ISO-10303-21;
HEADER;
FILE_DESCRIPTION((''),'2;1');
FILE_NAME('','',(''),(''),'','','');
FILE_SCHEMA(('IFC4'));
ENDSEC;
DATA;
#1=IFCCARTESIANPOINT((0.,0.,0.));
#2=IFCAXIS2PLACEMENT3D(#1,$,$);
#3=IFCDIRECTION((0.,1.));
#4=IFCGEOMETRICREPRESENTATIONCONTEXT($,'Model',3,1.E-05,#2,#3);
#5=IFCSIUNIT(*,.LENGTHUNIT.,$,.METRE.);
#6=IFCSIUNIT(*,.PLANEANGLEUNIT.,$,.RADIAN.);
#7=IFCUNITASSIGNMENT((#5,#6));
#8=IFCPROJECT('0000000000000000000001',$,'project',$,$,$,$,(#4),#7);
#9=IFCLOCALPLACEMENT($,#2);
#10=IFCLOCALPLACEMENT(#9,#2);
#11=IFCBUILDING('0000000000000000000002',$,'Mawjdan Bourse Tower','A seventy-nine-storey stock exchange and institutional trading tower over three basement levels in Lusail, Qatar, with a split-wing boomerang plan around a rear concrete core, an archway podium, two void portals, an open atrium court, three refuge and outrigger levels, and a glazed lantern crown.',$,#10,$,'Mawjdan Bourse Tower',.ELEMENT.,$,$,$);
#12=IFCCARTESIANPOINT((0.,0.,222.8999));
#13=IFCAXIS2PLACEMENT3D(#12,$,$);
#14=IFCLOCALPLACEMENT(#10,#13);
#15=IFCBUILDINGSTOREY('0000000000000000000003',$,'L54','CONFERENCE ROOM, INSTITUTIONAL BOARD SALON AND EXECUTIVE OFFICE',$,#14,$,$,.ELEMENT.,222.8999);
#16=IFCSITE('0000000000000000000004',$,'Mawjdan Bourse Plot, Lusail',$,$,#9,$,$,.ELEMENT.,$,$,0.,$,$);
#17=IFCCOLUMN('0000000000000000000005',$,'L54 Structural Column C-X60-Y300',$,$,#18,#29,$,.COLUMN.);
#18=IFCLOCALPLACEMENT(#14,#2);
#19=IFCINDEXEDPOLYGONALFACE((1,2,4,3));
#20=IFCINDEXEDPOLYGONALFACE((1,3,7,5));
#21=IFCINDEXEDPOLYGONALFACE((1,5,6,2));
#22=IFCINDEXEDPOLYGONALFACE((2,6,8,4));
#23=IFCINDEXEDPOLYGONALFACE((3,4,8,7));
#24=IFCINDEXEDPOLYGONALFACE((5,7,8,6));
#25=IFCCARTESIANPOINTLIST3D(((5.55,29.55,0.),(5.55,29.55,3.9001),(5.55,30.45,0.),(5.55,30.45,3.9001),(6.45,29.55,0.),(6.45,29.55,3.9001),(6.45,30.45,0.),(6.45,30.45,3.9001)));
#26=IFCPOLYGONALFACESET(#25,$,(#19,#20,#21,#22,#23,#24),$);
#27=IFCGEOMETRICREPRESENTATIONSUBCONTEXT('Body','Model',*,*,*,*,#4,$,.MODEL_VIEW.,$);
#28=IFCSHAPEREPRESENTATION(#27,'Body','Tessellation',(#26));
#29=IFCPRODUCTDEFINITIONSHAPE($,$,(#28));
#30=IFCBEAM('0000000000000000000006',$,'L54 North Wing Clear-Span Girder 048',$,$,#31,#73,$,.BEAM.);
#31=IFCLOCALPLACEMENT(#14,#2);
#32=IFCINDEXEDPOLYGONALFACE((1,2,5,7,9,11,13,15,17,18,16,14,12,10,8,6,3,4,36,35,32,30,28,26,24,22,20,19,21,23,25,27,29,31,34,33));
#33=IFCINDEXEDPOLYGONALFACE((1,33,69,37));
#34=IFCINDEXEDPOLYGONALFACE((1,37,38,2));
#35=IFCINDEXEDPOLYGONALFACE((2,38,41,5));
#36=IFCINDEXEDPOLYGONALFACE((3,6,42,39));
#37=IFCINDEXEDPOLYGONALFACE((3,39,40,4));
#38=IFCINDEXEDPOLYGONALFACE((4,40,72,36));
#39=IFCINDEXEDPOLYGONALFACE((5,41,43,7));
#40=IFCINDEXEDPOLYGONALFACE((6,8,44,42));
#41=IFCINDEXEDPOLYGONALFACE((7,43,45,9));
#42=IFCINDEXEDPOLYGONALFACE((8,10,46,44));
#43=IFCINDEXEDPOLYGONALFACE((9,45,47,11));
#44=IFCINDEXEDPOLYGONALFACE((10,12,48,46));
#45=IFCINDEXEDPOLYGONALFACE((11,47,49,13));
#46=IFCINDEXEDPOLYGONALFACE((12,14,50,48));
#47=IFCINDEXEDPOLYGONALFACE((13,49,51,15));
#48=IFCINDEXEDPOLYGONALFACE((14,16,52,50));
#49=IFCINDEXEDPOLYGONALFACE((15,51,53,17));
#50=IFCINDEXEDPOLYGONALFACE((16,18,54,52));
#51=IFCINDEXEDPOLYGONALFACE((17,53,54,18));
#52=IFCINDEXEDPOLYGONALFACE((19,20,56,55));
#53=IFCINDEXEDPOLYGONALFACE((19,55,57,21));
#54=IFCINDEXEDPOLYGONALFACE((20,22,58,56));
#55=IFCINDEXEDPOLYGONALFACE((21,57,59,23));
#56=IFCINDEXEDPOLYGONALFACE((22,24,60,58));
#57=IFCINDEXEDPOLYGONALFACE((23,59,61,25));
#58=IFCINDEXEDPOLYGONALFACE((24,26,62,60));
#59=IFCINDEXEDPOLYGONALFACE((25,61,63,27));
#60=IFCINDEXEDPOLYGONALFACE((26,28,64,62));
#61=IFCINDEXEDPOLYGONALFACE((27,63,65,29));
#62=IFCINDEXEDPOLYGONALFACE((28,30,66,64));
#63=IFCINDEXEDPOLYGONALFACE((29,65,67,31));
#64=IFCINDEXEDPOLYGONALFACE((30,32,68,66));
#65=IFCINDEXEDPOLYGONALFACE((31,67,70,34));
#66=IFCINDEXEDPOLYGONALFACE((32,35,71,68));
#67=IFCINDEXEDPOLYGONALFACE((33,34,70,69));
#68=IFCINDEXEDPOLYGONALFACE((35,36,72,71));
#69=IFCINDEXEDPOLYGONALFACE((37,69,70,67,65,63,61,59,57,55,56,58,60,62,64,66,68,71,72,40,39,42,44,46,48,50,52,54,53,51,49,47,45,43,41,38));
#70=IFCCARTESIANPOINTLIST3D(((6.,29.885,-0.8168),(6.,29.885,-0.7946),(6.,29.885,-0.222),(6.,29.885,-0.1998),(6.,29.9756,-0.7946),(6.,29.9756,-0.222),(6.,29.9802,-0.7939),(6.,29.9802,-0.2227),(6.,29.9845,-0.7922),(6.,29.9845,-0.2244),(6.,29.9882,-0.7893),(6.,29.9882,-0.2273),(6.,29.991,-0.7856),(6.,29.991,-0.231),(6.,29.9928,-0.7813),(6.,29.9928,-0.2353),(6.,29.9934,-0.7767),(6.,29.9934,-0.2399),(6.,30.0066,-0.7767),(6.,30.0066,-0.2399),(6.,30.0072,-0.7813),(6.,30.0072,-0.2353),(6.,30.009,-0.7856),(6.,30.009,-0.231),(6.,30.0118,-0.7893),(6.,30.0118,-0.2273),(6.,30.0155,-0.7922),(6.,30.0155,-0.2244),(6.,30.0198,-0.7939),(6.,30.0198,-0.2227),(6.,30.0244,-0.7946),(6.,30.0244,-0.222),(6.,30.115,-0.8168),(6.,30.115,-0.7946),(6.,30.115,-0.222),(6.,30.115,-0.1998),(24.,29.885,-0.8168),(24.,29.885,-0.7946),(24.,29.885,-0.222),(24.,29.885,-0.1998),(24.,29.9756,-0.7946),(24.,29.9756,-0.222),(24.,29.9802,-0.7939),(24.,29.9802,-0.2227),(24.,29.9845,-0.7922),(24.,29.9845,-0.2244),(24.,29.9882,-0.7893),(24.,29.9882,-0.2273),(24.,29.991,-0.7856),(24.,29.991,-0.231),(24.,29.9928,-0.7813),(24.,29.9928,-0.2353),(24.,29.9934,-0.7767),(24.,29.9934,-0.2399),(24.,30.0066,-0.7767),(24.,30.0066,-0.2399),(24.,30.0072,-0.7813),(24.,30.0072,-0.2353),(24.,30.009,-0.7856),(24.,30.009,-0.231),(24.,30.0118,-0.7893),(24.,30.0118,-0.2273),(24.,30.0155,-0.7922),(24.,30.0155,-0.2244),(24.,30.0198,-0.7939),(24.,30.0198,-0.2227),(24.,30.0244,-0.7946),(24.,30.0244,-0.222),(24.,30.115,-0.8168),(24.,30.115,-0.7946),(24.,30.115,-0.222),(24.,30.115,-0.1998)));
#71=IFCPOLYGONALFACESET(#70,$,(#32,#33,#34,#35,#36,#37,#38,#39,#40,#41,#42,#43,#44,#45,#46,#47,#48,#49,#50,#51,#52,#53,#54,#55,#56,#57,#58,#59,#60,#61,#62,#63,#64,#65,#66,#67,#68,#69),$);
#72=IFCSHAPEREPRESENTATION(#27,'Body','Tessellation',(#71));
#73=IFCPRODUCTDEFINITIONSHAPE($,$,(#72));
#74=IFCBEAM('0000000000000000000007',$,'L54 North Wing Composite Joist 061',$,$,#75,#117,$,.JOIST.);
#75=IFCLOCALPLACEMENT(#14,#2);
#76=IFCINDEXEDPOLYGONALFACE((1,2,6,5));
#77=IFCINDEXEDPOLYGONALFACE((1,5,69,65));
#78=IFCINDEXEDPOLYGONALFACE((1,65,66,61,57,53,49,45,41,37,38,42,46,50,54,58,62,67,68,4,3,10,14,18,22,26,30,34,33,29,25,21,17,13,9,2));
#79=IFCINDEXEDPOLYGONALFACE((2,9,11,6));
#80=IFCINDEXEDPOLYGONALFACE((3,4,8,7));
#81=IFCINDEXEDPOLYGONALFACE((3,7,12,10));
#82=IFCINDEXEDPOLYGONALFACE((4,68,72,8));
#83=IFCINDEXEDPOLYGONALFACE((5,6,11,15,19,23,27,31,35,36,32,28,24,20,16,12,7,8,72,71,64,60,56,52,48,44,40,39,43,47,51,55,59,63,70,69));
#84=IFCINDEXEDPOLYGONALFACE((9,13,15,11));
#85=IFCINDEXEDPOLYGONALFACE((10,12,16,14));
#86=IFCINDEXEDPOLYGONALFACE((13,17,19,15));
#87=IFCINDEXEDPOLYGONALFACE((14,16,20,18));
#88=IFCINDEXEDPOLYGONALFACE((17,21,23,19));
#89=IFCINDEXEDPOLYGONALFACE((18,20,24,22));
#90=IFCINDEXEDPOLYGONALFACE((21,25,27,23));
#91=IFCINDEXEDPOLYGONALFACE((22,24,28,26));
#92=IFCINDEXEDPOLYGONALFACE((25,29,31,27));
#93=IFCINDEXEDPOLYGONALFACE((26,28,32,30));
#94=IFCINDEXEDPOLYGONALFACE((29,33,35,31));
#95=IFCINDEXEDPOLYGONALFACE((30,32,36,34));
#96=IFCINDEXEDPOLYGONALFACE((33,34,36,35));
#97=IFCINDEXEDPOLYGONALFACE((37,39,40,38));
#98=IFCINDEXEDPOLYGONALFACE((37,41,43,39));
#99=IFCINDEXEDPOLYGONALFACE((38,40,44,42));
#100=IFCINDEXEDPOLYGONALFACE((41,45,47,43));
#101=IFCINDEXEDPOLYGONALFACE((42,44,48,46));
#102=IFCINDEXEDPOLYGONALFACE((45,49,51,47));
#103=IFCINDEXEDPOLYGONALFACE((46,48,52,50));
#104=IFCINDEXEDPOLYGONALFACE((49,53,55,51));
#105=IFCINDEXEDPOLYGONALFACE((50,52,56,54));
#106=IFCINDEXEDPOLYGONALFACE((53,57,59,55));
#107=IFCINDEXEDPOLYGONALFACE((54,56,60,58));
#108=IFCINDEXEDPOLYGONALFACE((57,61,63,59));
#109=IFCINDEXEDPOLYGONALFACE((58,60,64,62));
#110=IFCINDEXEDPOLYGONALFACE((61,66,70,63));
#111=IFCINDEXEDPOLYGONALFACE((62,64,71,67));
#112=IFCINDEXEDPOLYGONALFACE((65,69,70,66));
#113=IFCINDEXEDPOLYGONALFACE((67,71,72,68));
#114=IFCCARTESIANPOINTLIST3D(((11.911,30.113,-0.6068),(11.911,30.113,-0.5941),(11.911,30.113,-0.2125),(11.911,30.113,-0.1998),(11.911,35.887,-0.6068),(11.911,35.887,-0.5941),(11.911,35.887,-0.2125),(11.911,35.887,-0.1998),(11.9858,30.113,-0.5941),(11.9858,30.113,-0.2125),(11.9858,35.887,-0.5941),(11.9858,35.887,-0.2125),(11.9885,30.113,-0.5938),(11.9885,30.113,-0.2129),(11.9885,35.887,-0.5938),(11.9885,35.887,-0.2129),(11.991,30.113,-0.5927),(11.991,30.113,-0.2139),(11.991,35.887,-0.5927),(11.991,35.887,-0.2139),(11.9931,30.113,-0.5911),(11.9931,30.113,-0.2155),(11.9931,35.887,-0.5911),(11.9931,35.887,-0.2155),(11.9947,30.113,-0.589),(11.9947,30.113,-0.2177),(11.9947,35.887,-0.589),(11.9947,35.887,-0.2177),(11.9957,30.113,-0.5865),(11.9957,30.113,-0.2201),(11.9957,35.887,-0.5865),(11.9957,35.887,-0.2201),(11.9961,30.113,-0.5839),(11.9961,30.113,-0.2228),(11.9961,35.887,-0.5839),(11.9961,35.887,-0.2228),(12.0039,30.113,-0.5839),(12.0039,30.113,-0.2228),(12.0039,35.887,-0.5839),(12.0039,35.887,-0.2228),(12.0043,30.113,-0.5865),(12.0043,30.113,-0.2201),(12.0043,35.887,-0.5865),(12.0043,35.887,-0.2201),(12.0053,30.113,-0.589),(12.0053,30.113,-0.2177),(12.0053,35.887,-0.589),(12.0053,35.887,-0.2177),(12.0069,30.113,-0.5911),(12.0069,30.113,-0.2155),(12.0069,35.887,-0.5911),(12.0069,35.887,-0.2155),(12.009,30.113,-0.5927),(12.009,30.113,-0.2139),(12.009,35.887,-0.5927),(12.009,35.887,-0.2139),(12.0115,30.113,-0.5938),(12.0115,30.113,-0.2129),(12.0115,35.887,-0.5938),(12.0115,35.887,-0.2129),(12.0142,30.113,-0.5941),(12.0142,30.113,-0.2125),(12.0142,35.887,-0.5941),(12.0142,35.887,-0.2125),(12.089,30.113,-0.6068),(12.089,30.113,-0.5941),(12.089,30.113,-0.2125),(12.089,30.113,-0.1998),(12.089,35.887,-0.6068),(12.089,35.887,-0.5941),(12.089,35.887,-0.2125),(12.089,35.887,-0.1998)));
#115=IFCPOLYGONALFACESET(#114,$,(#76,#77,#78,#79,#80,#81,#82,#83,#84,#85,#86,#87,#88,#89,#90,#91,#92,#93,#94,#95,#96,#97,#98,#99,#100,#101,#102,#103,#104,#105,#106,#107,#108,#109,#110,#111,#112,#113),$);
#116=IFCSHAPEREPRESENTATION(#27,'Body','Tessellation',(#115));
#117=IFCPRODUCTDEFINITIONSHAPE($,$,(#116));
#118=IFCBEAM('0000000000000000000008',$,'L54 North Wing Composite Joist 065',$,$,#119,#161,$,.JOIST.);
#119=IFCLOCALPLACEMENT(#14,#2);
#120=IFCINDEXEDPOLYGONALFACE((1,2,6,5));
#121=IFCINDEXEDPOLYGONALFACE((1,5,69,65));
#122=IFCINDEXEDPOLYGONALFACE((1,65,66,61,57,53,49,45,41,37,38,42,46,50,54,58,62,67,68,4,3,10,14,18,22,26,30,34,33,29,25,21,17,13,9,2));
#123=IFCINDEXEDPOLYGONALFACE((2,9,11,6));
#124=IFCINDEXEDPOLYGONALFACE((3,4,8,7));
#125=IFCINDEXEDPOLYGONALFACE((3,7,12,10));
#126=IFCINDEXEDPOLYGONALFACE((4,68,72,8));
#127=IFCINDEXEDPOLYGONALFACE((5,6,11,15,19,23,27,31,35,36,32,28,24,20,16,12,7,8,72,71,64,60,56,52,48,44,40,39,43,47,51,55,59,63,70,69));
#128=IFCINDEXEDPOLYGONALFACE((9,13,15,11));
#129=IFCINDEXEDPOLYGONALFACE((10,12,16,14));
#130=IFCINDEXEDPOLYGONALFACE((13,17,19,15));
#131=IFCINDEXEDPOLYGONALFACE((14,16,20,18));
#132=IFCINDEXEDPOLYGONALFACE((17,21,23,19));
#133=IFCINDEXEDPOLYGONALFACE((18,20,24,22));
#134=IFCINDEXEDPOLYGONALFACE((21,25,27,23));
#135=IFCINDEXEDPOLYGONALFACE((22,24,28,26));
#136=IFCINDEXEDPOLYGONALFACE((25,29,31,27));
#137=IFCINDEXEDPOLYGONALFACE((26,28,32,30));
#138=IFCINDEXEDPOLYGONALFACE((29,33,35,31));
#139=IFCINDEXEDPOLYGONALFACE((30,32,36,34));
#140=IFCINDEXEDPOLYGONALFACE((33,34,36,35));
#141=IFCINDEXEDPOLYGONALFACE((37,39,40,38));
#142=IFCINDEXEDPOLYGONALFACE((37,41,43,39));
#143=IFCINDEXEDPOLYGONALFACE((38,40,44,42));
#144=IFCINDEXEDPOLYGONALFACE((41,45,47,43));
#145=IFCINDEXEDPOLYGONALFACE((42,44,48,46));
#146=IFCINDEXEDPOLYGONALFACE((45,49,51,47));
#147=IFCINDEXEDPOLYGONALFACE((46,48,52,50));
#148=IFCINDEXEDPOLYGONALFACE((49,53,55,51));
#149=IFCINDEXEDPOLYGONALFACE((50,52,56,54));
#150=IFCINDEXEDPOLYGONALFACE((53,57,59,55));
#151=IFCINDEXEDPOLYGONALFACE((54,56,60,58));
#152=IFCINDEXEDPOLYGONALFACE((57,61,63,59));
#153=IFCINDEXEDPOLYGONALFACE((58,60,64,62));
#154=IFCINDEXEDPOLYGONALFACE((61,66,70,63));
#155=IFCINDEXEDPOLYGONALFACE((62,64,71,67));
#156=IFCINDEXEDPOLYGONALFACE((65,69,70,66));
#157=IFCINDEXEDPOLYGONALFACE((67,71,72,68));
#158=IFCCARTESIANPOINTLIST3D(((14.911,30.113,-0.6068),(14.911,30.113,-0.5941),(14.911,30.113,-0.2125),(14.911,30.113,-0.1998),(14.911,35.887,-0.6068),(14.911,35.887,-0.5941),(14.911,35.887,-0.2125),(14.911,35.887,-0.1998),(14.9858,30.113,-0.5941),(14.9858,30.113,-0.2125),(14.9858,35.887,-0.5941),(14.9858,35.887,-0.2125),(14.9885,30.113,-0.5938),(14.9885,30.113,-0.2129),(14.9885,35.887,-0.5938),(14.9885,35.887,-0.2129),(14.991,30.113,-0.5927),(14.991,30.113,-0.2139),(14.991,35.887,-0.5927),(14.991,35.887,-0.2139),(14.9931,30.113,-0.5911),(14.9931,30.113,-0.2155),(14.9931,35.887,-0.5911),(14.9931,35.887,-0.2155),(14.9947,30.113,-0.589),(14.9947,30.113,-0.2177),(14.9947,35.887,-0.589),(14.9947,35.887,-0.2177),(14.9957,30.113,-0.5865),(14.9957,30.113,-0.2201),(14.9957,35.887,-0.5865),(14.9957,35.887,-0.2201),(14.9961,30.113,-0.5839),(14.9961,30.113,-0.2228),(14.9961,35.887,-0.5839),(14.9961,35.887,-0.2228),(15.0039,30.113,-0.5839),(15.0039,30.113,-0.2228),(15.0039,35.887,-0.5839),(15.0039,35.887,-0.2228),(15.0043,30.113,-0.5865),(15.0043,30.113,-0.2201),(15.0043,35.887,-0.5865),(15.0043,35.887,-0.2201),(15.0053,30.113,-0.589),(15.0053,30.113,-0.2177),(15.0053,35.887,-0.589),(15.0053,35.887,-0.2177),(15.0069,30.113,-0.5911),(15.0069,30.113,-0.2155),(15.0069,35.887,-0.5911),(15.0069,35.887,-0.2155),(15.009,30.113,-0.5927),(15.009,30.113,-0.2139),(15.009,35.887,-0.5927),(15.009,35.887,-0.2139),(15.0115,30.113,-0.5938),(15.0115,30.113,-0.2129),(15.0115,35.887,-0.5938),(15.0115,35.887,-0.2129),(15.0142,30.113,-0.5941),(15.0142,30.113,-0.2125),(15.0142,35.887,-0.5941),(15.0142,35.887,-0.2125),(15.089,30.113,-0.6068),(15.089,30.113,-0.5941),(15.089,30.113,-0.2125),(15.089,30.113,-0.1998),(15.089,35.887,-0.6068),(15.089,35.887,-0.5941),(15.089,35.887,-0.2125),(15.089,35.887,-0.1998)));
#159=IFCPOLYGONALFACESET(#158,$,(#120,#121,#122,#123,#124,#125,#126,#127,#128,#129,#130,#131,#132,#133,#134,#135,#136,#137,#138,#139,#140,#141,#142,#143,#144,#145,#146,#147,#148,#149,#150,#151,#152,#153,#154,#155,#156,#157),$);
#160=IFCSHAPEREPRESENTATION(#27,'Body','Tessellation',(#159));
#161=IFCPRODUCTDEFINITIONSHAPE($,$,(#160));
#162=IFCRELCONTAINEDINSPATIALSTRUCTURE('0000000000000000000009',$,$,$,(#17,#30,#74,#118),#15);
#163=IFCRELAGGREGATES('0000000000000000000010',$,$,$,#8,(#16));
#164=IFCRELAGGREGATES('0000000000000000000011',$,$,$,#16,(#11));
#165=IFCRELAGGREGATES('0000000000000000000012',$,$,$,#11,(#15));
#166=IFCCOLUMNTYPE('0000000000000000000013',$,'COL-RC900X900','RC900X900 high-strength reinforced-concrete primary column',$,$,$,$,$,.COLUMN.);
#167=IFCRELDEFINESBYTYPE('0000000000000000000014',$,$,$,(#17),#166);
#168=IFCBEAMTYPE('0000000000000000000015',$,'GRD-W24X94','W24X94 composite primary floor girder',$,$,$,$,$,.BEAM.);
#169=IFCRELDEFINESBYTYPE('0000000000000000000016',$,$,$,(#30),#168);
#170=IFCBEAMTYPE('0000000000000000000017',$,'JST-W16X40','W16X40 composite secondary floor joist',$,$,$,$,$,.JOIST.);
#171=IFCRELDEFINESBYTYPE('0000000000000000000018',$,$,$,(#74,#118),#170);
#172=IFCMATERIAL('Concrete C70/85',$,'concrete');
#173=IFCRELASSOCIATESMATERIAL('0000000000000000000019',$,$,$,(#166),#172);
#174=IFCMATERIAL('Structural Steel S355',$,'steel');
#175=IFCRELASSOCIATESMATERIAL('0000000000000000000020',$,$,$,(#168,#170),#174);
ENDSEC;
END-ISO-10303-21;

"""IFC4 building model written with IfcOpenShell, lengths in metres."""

from ifc_helpers import new_model, si_unit, direction, frame, origin, origin_2d, place, context, subcontext, project, spatial, rectangle, i_section, extrude, material, material_profile, profile_set, type_object, element, save


model = new_model("IFC4")

# Units and contexts
model_context = context("Model", 3, precision=1e-05, world=origin(), true_north=direction((0.0, 1.0)))
body_context = subcontext(model_context, "Body", "Model", "MODEL_VIEW")
ifc_project = project(units=[si_unit("LENGTHUNIT", "METRE"), si_unit("PLANEANGLEUNIT", "RADIAN")], contexts=[model_context])

# Site, building, storey
site_placement = place(None, origin())
site = spatial("IfcSite", under=ifc_project, at=site_placement, Name="Mawjdan Bourse Plot, Lusail", CompositionType="ELEMENT", RefElevation=0.0)
building_placement = place(site_placement, origin())
building = spatial("IfcBuilding", under=site, at=building_placement, Name="Mawjdan Bourse Tower", Description="A seventy-nine-storey stock exchange and institutional trading tower over three basement levels in Lusail, Qatar, with a split-wing boomerang plan around a rear concrete core, an archway podium, two void portals, an open atrium court, three refuge and outrigger levels, and a glazed lantern crown.", LongName="Mawjdan Bourse Tower", CompositionType="ELEMENT")
storey_placement = place(building_placement, frame((0.0, 0.0, 222.8999)))
storey = spatial("IfcBuildingStorey", under=building, at=storey_placement, Name="L54", Description="CONFERENCE ROOM, INSTITUTIONAL BOARD SALON AND EXECUTIVE OFFICE", CompositionType="ELEMENT", Elevation=222.8999)

# Column
ifc_material_1 = material(Name="Concrete C70/85", Category="concrete")
ifc_material_profile_1 = material_profile(ifc_material_1, rectangle(XDim=0.8999, YDim=0.8999, at=origin_2d()), Name="RC900X900")
ifc_profile_set_1 = profile_set([ifc_material_profile_1], Name="Concrete C70/85")
column_type = type_object("IfcColumnType", Name="COL-RC900X900", Description="RC900X900 high-strength reinforced-concrete primary column", PredefinedType="COLUMN", material=ifc_profile_set_1)
column_placement = place(storey_placement, frame((6.0, 30.0, 0.0), z_axis=(0.0, 0.0, 1.0), x_axis=(1.0, 0.0, 0.0)))
element("IfcColumn", 1, at=column_placement, inside=storey, type_object=column_type, Name="L54 Structural Column C-X60-Y300", PredefinedType="COLUMN", context=body_context, shape_type="SweptSolid", body=[
    extrude(rectangle(XDim=0.8999, YDim=0.8999, at=origin_2d()), origin(), (0.0, 0.0, 1.0), 3.9001),
])

# Beams
ifc_material_2 = material(Name="Structural Steel S355", Category="steel")
ifc_material_profile_2 = material_profile(ifc_material_2, i_section(OverallWidth=0.23, OverallDepth=0.6169, WebThickness=0.0132, FlangeThickness=0.0222, FilletRadius=0.0178, at=origin_2d()), Name="W24X94")
ifc_profile_set_2 = profile_set([ifc_material_profile_2], Name="Structural Steel S355")
beam_type_1 = type_object("IfcBeamType", Name="GRD-W24X94", Description="W24X94 composite primary floor girder", PredefinedType="BEAM", material=ifc_profile_set_2)
beam_1_placement = place(storey_placement, frame((6.0, 30.0, -0.5083), z_axis=(1.0, 0.0, 0.0), x_axis=(0.0, 1.0, 0.0)))
element("IfcBeam", 2, at=beam_1_placement, inside=storey, type_object=beam_type_1, Name="L54 North Wing Clear-Span Girder 048", PredefinedType="BEAM", context=body_context, shape_type="SweptSolid", body=[
    extrude(i_section(OverallWidth=0.23, OverallDepth=0.6169, WebThickness=0.0132, FlangeThickness=0.0222, FilletRadius=0.0178, at=origin_2d()), origin(), (0.0, 0.0, 1.0), 18.0),
])
ifc_material_profile_3 = material_profile(ifc_material_2, i_section(OverallWidth=0.178, OverallDepth=0.407, WebThickness=0.0078, FlangeThickness=0.0127, FilletRadius=0.0103, at=origin_2d()), Name="W16X40")
ifc_profile_set_3 = profile_set([ifc_material_profile_3], Name="Structural Steel S355")
beam_type_2 = type_object("IfcBeamType", Name="JST-W16X40", Description="W16X40 composite secondary floor joist", PredefinedType="JOIST", material=ifc_profile_set_3)
for number, where, z_axis, x_axis, name in (
    (3, (12.0, 30.113, -0.4033), (0.0, 1.0, 0.0), (-1.0, 0.0, 0.0), "L54 North Wing Composite Joist 061"),
    (4, (15.0, 30.113, -0.4033), (0.0, 1.0, 0.0), (-1.0, 0.0, 0.0), "L54 North Wing Composite Joist 065"),
):
    element("IfcBeam", number, at=place(storey_placement, frame(where, z_axis=z_axis, x_axis=x_axis)), inside=storey, type_object=beam_type_2, Name=name, PredefinedType="JOIST", context=body_context, shape_type="SweptSolid", body=[
        extrude(i_section(OverallWidth=0.178, OverallDepth=0.407, WebThickness=0.0078, FlangeThickness=0.0127, FilletRadius=0.0103, at=origin_2d()), origin(), (0.0, 0.0, 1.0), 5.7739),
    ])

save(model, "model.ifc")
